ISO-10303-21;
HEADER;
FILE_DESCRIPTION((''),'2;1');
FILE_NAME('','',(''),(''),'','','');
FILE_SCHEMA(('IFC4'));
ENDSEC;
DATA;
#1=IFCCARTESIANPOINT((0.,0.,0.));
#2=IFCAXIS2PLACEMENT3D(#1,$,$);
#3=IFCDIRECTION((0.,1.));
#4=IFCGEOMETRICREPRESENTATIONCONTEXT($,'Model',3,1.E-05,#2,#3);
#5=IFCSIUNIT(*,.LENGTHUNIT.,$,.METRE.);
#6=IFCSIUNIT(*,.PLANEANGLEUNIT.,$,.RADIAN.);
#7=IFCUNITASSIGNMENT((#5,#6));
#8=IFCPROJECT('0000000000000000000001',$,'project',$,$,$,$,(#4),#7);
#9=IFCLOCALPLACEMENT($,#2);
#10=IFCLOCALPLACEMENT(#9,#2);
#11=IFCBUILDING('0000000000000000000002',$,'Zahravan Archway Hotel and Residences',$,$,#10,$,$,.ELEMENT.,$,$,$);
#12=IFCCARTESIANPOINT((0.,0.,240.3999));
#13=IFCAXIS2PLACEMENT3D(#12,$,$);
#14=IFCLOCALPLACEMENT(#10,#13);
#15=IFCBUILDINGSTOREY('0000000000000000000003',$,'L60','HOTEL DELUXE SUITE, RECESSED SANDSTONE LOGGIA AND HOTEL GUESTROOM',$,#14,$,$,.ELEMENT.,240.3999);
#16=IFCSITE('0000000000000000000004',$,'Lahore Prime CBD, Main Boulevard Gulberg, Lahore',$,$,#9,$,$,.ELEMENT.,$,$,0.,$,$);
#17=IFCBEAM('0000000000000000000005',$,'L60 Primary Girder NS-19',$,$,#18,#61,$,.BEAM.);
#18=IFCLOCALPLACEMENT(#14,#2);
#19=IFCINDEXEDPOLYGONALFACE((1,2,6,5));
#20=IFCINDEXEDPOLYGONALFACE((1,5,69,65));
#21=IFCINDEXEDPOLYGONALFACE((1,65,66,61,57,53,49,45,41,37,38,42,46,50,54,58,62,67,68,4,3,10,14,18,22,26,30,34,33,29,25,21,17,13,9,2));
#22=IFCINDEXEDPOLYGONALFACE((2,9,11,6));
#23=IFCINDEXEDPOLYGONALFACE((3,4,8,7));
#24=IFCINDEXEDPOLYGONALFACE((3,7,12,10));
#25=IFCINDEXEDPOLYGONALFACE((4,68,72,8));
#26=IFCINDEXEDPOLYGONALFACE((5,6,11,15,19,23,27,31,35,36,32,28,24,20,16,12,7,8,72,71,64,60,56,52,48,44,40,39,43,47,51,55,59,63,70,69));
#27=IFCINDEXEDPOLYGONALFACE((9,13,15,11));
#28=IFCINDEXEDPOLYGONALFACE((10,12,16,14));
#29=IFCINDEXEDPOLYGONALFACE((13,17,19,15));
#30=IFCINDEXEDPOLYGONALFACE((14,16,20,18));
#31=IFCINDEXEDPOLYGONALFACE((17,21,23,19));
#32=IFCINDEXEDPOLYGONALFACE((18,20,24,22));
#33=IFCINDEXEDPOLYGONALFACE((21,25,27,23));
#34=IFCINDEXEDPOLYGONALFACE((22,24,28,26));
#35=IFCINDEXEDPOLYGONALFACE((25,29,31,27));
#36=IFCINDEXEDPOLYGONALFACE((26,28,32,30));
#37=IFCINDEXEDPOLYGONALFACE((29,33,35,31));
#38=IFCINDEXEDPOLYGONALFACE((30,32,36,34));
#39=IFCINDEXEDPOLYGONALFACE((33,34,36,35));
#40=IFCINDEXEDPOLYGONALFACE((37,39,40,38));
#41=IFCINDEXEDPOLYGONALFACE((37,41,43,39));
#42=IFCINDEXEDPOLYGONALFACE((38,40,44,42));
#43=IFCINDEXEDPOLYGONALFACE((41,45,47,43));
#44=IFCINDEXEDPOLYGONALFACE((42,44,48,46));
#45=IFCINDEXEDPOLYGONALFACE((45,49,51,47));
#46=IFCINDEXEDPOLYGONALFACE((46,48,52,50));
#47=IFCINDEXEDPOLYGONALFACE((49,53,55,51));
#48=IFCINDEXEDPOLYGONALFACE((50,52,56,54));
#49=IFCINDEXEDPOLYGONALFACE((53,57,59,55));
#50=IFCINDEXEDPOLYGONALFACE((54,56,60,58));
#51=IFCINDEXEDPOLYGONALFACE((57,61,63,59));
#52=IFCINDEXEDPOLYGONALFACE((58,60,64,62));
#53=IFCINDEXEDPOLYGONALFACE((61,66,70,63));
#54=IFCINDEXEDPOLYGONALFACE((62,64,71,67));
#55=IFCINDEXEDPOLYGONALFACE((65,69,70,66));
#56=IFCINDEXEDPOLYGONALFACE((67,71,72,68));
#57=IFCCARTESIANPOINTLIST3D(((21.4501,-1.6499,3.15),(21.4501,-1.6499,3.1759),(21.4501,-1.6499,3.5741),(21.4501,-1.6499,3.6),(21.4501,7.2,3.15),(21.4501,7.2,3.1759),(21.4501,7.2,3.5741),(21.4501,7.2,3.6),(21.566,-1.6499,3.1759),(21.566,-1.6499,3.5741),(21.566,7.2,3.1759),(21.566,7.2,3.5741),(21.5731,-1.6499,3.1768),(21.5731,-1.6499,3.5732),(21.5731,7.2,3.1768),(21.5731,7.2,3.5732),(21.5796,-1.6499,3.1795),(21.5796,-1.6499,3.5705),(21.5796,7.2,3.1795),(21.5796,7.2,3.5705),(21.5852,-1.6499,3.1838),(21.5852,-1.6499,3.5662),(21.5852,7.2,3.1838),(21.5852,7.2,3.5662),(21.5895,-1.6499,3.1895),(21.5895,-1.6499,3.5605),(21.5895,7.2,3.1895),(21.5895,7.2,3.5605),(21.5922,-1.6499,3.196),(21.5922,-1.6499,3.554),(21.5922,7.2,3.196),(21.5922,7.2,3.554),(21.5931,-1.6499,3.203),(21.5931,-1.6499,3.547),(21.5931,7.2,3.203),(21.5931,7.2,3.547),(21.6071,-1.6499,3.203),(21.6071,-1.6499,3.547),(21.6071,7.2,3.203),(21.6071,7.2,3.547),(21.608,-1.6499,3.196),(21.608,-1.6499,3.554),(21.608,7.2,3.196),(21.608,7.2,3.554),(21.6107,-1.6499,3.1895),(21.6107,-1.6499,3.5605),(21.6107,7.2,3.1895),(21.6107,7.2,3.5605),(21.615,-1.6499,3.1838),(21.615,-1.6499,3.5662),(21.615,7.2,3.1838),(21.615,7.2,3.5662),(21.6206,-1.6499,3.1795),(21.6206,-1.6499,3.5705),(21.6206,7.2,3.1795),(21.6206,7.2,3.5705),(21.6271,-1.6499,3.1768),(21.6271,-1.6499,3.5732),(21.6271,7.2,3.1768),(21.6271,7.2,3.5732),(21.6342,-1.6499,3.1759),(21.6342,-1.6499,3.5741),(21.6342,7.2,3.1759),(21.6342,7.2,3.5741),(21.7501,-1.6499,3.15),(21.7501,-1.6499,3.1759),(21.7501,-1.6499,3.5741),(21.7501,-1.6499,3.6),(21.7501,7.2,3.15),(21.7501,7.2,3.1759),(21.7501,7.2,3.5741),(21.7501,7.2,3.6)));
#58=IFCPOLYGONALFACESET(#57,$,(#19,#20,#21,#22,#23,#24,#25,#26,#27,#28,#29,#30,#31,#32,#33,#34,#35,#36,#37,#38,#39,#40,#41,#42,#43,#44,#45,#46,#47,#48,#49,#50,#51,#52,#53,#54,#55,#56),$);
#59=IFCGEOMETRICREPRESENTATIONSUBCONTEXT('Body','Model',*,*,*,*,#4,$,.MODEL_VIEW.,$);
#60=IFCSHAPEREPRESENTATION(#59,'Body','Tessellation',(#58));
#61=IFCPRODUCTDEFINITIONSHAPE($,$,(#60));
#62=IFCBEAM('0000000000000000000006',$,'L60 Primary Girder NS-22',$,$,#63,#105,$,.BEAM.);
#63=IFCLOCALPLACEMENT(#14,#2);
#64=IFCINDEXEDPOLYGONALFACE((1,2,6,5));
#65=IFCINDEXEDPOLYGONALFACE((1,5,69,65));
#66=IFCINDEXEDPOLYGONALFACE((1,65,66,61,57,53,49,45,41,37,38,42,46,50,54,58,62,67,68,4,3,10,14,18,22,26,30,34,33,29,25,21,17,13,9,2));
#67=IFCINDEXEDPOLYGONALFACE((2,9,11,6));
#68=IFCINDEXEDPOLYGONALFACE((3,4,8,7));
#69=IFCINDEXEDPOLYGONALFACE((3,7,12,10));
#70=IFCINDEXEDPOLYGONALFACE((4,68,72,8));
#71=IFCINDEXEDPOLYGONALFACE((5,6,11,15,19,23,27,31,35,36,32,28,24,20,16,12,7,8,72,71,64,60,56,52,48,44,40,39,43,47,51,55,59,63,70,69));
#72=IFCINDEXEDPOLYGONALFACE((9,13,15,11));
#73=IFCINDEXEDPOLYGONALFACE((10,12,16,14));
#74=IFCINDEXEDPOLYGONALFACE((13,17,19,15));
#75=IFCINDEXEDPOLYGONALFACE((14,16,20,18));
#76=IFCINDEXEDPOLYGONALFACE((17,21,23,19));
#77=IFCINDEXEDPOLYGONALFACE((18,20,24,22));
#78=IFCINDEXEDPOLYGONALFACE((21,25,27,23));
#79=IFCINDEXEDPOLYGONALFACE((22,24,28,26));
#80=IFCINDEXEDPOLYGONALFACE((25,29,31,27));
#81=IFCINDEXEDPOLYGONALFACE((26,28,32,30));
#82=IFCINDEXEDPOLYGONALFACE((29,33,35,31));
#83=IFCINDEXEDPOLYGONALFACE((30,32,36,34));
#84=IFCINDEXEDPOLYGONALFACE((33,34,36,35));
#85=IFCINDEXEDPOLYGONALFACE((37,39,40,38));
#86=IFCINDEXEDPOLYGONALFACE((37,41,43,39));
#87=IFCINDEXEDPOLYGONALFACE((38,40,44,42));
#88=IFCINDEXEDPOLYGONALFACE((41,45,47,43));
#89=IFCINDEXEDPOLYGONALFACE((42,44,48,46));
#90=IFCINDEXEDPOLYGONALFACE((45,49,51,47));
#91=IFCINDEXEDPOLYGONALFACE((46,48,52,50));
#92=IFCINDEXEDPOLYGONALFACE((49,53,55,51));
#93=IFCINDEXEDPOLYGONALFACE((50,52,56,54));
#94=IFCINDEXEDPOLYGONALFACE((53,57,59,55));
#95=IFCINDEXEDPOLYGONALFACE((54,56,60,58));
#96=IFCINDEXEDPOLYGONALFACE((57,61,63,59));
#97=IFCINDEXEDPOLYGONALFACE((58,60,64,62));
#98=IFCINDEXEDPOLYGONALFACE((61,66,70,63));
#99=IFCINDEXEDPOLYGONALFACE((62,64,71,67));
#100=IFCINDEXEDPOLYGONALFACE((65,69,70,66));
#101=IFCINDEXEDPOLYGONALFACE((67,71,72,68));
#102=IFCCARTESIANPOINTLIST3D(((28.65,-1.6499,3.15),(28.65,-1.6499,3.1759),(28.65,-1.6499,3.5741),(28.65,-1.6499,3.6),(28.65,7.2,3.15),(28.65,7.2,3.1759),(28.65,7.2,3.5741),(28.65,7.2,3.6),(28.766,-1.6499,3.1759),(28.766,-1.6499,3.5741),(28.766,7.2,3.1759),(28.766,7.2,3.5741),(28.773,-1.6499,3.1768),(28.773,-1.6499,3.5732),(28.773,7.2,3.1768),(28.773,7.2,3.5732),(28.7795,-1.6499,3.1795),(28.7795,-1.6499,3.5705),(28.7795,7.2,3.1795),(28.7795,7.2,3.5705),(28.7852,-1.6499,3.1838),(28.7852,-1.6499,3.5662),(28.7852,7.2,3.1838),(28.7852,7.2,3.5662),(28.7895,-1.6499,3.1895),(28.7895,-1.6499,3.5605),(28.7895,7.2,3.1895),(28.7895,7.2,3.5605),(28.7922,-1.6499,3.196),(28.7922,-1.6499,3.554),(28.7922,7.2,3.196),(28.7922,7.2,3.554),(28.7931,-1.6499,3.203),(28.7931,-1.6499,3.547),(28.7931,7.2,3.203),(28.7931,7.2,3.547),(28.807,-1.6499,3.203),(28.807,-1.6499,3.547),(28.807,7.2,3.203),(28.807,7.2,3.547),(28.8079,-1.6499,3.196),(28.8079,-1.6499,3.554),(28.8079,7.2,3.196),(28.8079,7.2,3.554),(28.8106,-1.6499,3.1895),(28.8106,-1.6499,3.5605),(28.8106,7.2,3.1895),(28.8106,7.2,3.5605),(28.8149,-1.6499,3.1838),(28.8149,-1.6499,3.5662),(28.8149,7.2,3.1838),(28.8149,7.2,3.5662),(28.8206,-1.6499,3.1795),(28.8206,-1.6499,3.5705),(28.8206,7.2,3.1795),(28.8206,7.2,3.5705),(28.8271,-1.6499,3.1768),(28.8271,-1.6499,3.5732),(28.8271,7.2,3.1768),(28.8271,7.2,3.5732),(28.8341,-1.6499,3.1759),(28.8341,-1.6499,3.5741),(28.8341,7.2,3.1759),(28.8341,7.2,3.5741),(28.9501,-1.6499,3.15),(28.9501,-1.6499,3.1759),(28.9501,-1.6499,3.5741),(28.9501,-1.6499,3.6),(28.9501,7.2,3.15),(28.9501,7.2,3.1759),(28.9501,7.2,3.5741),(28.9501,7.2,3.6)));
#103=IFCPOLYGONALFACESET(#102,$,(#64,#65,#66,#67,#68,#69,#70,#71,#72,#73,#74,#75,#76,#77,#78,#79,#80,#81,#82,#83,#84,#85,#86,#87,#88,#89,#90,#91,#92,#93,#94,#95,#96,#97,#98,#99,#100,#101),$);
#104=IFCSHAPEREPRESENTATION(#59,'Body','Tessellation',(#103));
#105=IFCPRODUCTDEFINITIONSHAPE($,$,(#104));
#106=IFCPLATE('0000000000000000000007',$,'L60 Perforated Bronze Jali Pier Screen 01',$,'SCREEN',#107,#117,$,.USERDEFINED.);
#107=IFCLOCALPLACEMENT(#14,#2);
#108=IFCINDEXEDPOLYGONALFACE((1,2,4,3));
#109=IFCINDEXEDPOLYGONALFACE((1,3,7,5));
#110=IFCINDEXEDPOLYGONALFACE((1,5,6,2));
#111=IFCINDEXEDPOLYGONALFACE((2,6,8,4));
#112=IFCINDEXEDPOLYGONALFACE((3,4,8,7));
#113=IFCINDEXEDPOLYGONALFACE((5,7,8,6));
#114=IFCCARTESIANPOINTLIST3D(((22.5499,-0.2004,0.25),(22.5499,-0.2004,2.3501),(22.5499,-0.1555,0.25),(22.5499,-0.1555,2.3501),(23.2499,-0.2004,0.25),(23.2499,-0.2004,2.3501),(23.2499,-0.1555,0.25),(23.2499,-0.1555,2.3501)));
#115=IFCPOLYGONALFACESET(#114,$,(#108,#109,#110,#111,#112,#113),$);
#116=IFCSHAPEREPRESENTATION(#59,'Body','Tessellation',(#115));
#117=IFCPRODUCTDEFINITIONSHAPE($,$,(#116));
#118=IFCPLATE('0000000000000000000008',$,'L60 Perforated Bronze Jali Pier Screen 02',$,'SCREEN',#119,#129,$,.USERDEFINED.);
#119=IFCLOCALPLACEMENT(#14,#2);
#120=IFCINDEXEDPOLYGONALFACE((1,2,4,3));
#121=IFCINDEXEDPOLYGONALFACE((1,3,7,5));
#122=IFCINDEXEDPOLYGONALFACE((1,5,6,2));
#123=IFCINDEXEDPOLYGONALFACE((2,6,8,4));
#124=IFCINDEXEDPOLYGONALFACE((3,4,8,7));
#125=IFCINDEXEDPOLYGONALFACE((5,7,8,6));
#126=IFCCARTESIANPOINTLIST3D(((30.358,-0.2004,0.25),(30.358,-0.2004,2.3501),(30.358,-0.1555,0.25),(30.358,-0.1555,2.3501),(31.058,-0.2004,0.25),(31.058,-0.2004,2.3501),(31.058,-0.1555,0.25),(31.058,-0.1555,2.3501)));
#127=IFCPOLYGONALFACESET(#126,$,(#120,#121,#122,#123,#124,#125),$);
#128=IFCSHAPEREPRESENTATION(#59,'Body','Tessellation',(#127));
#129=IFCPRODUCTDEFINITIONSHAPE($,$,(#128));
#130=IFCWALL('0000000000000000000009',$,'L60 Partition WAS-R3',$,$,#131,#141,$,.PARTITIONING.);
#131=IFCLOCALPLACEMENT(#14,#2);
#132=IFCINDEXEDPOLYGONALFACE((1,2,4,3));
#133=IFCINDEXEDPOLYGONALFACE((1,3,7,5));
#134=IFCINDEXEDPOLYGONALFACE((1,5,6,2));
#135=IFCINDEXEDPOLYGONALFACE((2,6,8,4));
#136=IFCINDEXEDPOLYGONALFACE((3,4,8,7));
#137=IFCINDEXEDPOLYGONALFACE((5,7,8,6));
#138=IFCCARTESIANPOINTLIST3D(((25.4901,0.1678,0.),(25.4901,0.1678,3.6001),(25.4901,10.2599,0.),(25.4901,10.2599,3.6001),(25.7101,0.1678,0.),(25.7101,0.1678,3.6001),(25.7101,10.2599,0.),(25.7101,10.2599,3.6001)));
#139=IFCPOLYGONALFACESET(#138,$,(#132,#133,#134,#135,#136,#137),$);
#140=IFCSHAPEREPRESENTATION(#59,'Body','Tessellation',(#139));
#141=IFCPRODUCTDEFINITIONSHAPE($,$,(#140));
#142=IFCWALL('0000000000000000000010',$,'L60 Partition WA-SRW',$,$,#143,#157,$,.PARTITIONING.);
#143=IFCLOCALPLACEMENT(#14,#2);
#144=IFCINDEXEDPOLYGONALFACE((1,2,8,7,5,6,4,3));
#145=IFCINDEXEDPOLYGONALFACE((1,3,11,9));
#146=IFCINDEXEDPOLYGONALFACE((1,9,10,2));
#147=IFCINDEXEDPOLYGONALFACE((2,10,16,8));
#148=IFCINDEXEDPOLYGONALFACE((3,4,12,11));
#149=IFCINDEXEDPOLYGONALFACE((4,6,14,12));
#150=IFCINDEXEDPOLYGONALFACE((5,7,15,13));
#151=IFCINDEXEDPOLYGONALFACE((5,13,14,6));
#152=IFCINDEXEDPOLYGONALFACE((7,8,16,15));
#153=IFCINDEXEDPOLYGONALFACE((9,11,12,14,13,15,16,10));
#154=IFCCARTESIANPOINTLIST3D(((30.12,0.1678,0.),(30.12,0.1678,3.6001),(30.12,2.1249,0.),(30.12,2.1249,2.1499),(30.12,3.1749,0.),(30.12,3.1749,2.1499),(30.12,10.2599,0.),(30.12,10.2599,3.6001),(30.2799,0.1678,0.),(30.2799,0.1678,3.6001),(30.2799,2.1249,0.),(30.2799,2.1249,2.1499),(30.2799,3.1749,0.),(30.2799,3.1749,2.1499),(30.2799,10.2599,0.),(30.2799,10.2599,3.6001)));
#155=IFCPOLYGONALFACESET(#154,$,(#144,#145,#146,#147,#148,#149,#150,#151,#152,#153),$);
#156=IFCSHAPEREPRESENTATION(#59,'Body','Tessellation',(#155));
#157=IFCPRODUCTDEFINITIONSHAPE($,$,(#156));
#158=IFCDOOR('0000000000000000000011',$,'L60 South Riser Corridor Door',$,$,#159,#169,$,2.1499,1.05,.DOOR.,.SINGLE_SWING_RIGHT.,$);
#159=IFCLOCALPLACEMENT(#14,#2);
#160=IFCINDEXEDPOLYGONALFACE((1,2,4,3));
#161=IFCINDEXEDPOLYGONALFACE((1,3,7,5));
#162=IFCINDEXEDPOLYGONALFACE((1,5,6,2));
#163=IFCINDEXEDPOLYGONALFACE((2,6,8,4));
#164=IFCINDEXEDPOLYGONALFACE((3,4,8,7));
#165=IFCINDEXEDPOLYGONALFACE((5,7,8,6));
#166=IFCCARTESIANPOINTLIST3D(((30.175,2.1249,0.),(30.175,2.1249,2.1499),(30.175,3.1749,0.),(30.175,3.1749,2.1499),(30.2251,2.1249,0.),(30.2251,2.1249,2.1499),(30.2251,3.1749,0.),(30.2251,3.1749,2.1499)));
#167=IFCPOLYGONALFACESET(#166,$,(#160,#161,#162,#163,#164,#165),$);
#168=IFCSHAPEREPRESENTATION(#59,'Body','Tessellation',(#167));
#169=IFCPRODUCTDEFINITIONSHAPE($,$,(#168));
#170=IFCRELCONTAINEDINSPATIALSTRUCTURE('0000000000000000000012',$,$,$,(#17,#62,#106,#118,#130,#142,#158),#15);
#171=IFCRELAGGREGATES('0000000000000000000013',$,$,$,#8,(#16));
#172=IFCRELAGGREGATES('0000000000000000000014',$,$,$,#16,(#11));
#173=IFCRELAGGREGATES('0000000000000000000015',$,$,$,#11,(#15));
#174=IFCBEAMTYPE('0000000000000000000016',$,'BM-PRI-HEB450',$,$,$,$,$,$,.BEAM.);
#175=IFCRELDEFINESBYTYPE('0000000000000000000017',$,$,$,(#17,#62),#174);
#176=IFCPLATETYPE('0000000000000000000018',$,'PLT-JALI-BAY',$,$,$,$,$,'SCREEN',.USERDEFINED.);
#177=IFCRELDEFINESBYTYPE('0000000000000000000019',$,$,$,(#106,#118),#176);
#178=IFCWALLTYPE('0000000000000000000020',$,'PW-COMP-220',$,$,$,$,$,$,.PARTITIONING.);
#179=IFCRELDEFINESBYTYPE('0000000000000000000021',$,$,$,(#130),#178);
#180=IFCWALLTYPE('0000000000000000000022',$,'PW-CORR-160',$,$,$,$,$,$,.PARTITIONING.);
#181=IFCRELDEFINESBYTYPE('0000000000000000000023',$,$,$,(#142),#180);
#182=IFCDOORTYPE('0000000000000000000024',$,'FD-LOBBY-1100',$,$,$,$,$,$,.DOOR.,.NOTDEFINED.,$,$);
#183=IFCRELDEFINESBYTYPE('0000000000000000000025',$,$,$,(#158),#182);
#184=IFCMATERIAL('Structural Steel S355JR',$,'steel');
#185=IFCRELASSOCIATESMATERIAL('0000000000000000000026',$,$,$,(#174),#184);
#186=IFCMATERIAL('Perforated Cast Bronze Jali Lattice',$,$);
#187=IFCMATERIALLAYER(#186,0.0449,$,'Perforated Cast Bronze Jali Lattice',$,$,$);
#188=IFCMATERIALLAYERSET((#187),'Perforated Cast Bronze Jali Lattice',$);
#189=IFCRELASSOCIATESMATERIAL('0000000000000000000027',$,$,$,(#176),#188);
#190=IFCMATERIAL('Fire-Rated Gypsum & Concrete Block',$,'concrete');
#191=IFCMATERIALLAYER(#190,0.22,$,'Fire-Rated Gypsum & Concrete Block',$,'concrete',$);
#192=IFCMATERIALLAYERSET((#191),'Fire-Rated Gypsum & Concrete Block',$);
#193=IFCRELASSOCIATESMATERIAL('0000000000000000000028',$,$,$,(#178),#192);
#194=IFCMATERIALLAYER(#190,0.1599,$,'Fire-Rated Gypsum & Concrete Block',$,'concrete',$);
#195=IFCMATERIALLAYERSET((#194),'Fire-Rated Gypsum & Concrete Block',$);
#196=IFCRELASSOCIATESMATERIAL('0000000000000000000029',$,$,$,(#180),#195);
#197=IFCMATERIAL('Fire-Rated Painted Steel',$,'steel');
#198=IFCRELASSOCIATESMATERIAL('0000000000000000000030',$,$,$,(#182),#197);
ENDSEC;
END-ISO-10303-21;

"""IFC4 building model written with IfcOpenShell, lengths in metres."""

from ifc_helpers import new_model, si_unit, direction, frame, frame_2d, origin, origin_2d, place, context, subcontext, project, spatial, rectangle, i_section, extrude, source, transform, mapped, material, layer, layer_set, material_profile, profile_set, type_object, type_shapes, element, fill, save


model = new_model("IFC4")

# Units and contexts
model_context = context("Model", 3, precision=1e-05, world=origin(), true_north=direction((0.0, 1.0)))
body_context = subcontext(model_context, "Body", "Model", "MODEL_VIEW")
ifc_project = project(units=[si_unit("LENGTHUNIT", "METRE"), si_unit("PLANEANGLEUNIT", "RADIAN")], contexts=[model_context])

# Site, building, storey
site_placement = place(None, origin())
site = spatial("IfcSite", under=ifc_project, at=site_placement, Name="Lahore Prime CBD, Main Boulevard Gulberg, Lahore", CompositionType="ELEMENT", RefElevation=0.0)
building_placement = place(site_placement, origin())
building = spatial("IfcBuilding", under=site, at=building_placement, Name="Zahravan Archway Hotel and Residences", CompositionType="ELEMENT")
storey_placement = place(building_placement, frame((0.0, 0.0, 240.3999)))
storey = spatial("IfcBuildingStorey", under=building, at=storey_placement, Name="L60", Description="HOTEL DELUXE SUITE, RECESSED SANDSTONE LOGGIA AND HOTEL GUESTROOM", CompositionType="ELEMENT", Elevation=240.3999)

# Beams
ifc_material_1 = material(Name="Structural Steel S355JR", Category="steel")
ifc_material_profile_1 = material_profile(ifc_material_1, i_section(OverallWidth=0.3, OverallDepth=0.45, WebThickness=0.0139, FlangeThickness=0.0259, FilletRadius=0.0271, at=origin_2d()), Name="HEB 450", Category="steel")
ifc_profile_set_1 = profile_set([ifc_material_profile_1], Name="Structural Steel S355JR")
beam_type_1 = type_object("IfcBeamType", Name="BM-PRI-HEB450", PredefinedType="BEAM", material=ifc_profile_set_1)
shared_shape_1 = source(origin(), body_context, "Body", "SweptSolid", [
    extrude(i_section(OverallWidth=0.3, OverallDepth=0.45, WebThickness=0.0139, FlangeThickness=0.0259, FilletRadius=0.0271, at=origin_2d()), origin(), (0.0, 0.0, 1.0), 8.8499),
])
for number, where, z_axis, x_axis, name in (
    (1, (21.6001, -1.6499, 3.375), (0.0, 1.0, 0.0), (-1.0, 0.0, 0.0), "L60 Primary Girder NS-19"),
    (2, (28.8, -1.6499, 3.375), (0.0, 1.0, 0.0), (-1.0, 0.0, 0.0), "L60 Primary Girder NS-22"),
):
    element("IfcBeam", number, at=place(storey_placement, frame(where, z_axis=z_axis, x_axis=x_axis)), inside=storey, type_object=beam_type_1, Name=name, PredefinedType="BEAM", context=body_context, shape_type="MappedRepresentation", body=[
        mapped(shared_shape_1, transform((0.0, 0.0, 0.0), scale=1.0)),
    ])

# Plates
ifc_material_2 = material(Name="Perforated Cast Bronze Jali Lattice")
ifc_layer_1 = layer(ifc_material_2, 0.0449, Name="Perforated Cast Bronze Jali Lattice")
ifc_layer_set_1 = layer_set([ifc_layer_1], Name="Perforated Cast Bronze Jali Lattice")
plate_type = type_object("IfcPlateType", Name="PLT-JALI-BAY", ElementType="SCREEN", PredefinedType="USERDEFINED", material=ifc_layer_set_1)
shared_shape_2 = source(origin(), body_context, "Body", "SweptSolid", [
    extrude(rectangle(XDim=0.7, YDim=0.0449, at=origin_2d()), origin(), (0.0, 0.0, 1.0), 2.1001),
])
type_shapes(plate_type, [shared_shape_2])
for number, where, z_axis, x_axis, name in (
    (3, (22.8999, -0.178, 0.25), (0.0, 0.0, 1.0), (1.0, 0.0, 0.0), "L60 Perforated Bronze Jali Pier Screen 01"),
    (4, (30.708, -0.178, 0.25), (0.0, 0.0, 1.0), (1.0, 0.0, 0.0), "L60 Perforated Bronze Jali Pier Screen 02"),
):
    element("IfcPlate", number, at=place(storey_placement, frame(where, z_axis=z_axis, x_axis=x_axis)), inside=storey, type_object=plate_type, Name=name, ObjectType="SCREEN", PredefinedType="USERDEFINED", context=body_context, shape_type="MappedRepresentation", body=[
        mapped(shared_shape_2, transform((0.0, 0.0, 0.0), scale=1.0)),
    ])

# Wall
ifc_material_3 = material(Name="Fire-Rated Gypsum & Concrete Block", Category="concrete")
ifc_layer_2 = layer(ifc_material_3, 0.22, Name="Fire-Rated Gypsum & Concrete Block", Category="concrete")
ifc_layer_set_2 = layer_set([ifc_layer_2], Name="Fire-Rated Gypsum & Concrete Block")
wall_type_1 = type_object("IfcWallType", Name="PW-COMP-220", PredefinedType="PARTITIONING", material=ifc_layer_set_2)
wall_1_placement = place(storey_placement, frame((25.6001, 0.168, 0.0), z_axis=(0.0, 0.0, 1.0), x_axis=(0.0, 1.0, 0.0)))
element("IfcWall", 5, at=wall_1_placement, inside=storey, type_object=wall_type_1, Name="L60 Partition WAS-R3", PredefinedType="PARTITIONING", context=body_context, shape_type="SweptSolid", body=[
    extrude(rectangle(XDim=10.092, YDim=0.22, at=frame_2d((5.0459, 0.0))), origin(), (0.0, 0.0, 1.0), 3.6001),
])

# Wall, opening, door
ifc_layer_3 = layer(ifc_material_3, 0.1599, Name="Fire-Rated Gypsum & Concrete Block", Category="concrete")
ifc_layer_set_3 = layer_set([ifc_layer_3], Name="Fire-Rated Gypsum & Concrete Block")
wall_type_2 = type_object("IfcWallType", Name="PW-CORR-160", PredefinedType="PARTITIONING", material=ifc_layer_set_3)
wall_2_placement = place(storey_placement, frame((30.2, 0.168, 0.0), z_axis=(0.0, 0.0, 1.0), x_axis=(0.0, 1.0, 0.0)))
wall_2 = element("IfcWall", 6, at=wall_2_placement, inside=storey, type_object=wall_type_2, Name="L60 Partition WA-SRW", PredefinedType="PARTITIONING", context=body_context, shape_type="SweptSolid", body=[
    extrude(rectangle(XDim=10.092, YDim=0.1599, at=frame_2d((5.0459, 0.0))), origin(), (0.0, 0.0, 1.0), 3.6001),
])
opening_1_placement = place(wall_2_placement, frame((1.957, 0.0, 0.0)))
opening_1 = element("IfcOpeningElement", 7, at=opening_1_placement, cuts=wall_2, PredefinedType="OPENING", context=body_context, shape_type="SweptSolid", body=[
    extrude(rectangle(XDim=1.05, YDim=2.1499, at=frame_2d((0.5249, 1.075))), frame((0.0, 0.0898, 0.0), z_axis=(0.0, -1.0, 0.0), x_axis=(1.0, 0.0, 0.0)), (0.0, 0.0, 1.0), 0.1799),
])
ifc_material_4 = material(Name="Fire-Rated Painted Steel", Category="steel")
door_type_1 = type_object("IfcDoorType", Name="FD-LOBBY-1100", OperationType="NOTDEFINED", PredefinedType="DOOR", material=ifc_material_4)
shared_shape_3 = source(origin(), body_context, "Body", "SweptSolid", [
    extrude(rectangle(XDim=1.05, YDim=2.1499, at=frame_2d((0.5249, 1.075))), frame((0.0, 0.0249, 0.0), z_axis=(0.0, -1.0, 0.0), x_axis=(1.0, 0.0, 0.0)), (0.0, 0.0, 1.0), 0.05),
])
type_shapes(door_type_1, [shared_shape_3])
door_1_placement = place(opening_1_placement, origin())
door_1 = element("IfcDoor", 8, at=door_1_placement, inside=storey, type_object=door_type_1, Name="L60 South Riser Corridor Door", OperationType="SINGLE_SWING_RIGHT", OverallHeight=2.1499, OverallWidth=1.05, PredefinedType="DOOR", context=body_context, shape_type="MappedRepresentation", body=[
    mapped(shared_shape_3, transform((0.0, 0.0, 0.0), scale=1.0)),
])
fill(opening_1, door_1)

save(model, "model.ifc")
